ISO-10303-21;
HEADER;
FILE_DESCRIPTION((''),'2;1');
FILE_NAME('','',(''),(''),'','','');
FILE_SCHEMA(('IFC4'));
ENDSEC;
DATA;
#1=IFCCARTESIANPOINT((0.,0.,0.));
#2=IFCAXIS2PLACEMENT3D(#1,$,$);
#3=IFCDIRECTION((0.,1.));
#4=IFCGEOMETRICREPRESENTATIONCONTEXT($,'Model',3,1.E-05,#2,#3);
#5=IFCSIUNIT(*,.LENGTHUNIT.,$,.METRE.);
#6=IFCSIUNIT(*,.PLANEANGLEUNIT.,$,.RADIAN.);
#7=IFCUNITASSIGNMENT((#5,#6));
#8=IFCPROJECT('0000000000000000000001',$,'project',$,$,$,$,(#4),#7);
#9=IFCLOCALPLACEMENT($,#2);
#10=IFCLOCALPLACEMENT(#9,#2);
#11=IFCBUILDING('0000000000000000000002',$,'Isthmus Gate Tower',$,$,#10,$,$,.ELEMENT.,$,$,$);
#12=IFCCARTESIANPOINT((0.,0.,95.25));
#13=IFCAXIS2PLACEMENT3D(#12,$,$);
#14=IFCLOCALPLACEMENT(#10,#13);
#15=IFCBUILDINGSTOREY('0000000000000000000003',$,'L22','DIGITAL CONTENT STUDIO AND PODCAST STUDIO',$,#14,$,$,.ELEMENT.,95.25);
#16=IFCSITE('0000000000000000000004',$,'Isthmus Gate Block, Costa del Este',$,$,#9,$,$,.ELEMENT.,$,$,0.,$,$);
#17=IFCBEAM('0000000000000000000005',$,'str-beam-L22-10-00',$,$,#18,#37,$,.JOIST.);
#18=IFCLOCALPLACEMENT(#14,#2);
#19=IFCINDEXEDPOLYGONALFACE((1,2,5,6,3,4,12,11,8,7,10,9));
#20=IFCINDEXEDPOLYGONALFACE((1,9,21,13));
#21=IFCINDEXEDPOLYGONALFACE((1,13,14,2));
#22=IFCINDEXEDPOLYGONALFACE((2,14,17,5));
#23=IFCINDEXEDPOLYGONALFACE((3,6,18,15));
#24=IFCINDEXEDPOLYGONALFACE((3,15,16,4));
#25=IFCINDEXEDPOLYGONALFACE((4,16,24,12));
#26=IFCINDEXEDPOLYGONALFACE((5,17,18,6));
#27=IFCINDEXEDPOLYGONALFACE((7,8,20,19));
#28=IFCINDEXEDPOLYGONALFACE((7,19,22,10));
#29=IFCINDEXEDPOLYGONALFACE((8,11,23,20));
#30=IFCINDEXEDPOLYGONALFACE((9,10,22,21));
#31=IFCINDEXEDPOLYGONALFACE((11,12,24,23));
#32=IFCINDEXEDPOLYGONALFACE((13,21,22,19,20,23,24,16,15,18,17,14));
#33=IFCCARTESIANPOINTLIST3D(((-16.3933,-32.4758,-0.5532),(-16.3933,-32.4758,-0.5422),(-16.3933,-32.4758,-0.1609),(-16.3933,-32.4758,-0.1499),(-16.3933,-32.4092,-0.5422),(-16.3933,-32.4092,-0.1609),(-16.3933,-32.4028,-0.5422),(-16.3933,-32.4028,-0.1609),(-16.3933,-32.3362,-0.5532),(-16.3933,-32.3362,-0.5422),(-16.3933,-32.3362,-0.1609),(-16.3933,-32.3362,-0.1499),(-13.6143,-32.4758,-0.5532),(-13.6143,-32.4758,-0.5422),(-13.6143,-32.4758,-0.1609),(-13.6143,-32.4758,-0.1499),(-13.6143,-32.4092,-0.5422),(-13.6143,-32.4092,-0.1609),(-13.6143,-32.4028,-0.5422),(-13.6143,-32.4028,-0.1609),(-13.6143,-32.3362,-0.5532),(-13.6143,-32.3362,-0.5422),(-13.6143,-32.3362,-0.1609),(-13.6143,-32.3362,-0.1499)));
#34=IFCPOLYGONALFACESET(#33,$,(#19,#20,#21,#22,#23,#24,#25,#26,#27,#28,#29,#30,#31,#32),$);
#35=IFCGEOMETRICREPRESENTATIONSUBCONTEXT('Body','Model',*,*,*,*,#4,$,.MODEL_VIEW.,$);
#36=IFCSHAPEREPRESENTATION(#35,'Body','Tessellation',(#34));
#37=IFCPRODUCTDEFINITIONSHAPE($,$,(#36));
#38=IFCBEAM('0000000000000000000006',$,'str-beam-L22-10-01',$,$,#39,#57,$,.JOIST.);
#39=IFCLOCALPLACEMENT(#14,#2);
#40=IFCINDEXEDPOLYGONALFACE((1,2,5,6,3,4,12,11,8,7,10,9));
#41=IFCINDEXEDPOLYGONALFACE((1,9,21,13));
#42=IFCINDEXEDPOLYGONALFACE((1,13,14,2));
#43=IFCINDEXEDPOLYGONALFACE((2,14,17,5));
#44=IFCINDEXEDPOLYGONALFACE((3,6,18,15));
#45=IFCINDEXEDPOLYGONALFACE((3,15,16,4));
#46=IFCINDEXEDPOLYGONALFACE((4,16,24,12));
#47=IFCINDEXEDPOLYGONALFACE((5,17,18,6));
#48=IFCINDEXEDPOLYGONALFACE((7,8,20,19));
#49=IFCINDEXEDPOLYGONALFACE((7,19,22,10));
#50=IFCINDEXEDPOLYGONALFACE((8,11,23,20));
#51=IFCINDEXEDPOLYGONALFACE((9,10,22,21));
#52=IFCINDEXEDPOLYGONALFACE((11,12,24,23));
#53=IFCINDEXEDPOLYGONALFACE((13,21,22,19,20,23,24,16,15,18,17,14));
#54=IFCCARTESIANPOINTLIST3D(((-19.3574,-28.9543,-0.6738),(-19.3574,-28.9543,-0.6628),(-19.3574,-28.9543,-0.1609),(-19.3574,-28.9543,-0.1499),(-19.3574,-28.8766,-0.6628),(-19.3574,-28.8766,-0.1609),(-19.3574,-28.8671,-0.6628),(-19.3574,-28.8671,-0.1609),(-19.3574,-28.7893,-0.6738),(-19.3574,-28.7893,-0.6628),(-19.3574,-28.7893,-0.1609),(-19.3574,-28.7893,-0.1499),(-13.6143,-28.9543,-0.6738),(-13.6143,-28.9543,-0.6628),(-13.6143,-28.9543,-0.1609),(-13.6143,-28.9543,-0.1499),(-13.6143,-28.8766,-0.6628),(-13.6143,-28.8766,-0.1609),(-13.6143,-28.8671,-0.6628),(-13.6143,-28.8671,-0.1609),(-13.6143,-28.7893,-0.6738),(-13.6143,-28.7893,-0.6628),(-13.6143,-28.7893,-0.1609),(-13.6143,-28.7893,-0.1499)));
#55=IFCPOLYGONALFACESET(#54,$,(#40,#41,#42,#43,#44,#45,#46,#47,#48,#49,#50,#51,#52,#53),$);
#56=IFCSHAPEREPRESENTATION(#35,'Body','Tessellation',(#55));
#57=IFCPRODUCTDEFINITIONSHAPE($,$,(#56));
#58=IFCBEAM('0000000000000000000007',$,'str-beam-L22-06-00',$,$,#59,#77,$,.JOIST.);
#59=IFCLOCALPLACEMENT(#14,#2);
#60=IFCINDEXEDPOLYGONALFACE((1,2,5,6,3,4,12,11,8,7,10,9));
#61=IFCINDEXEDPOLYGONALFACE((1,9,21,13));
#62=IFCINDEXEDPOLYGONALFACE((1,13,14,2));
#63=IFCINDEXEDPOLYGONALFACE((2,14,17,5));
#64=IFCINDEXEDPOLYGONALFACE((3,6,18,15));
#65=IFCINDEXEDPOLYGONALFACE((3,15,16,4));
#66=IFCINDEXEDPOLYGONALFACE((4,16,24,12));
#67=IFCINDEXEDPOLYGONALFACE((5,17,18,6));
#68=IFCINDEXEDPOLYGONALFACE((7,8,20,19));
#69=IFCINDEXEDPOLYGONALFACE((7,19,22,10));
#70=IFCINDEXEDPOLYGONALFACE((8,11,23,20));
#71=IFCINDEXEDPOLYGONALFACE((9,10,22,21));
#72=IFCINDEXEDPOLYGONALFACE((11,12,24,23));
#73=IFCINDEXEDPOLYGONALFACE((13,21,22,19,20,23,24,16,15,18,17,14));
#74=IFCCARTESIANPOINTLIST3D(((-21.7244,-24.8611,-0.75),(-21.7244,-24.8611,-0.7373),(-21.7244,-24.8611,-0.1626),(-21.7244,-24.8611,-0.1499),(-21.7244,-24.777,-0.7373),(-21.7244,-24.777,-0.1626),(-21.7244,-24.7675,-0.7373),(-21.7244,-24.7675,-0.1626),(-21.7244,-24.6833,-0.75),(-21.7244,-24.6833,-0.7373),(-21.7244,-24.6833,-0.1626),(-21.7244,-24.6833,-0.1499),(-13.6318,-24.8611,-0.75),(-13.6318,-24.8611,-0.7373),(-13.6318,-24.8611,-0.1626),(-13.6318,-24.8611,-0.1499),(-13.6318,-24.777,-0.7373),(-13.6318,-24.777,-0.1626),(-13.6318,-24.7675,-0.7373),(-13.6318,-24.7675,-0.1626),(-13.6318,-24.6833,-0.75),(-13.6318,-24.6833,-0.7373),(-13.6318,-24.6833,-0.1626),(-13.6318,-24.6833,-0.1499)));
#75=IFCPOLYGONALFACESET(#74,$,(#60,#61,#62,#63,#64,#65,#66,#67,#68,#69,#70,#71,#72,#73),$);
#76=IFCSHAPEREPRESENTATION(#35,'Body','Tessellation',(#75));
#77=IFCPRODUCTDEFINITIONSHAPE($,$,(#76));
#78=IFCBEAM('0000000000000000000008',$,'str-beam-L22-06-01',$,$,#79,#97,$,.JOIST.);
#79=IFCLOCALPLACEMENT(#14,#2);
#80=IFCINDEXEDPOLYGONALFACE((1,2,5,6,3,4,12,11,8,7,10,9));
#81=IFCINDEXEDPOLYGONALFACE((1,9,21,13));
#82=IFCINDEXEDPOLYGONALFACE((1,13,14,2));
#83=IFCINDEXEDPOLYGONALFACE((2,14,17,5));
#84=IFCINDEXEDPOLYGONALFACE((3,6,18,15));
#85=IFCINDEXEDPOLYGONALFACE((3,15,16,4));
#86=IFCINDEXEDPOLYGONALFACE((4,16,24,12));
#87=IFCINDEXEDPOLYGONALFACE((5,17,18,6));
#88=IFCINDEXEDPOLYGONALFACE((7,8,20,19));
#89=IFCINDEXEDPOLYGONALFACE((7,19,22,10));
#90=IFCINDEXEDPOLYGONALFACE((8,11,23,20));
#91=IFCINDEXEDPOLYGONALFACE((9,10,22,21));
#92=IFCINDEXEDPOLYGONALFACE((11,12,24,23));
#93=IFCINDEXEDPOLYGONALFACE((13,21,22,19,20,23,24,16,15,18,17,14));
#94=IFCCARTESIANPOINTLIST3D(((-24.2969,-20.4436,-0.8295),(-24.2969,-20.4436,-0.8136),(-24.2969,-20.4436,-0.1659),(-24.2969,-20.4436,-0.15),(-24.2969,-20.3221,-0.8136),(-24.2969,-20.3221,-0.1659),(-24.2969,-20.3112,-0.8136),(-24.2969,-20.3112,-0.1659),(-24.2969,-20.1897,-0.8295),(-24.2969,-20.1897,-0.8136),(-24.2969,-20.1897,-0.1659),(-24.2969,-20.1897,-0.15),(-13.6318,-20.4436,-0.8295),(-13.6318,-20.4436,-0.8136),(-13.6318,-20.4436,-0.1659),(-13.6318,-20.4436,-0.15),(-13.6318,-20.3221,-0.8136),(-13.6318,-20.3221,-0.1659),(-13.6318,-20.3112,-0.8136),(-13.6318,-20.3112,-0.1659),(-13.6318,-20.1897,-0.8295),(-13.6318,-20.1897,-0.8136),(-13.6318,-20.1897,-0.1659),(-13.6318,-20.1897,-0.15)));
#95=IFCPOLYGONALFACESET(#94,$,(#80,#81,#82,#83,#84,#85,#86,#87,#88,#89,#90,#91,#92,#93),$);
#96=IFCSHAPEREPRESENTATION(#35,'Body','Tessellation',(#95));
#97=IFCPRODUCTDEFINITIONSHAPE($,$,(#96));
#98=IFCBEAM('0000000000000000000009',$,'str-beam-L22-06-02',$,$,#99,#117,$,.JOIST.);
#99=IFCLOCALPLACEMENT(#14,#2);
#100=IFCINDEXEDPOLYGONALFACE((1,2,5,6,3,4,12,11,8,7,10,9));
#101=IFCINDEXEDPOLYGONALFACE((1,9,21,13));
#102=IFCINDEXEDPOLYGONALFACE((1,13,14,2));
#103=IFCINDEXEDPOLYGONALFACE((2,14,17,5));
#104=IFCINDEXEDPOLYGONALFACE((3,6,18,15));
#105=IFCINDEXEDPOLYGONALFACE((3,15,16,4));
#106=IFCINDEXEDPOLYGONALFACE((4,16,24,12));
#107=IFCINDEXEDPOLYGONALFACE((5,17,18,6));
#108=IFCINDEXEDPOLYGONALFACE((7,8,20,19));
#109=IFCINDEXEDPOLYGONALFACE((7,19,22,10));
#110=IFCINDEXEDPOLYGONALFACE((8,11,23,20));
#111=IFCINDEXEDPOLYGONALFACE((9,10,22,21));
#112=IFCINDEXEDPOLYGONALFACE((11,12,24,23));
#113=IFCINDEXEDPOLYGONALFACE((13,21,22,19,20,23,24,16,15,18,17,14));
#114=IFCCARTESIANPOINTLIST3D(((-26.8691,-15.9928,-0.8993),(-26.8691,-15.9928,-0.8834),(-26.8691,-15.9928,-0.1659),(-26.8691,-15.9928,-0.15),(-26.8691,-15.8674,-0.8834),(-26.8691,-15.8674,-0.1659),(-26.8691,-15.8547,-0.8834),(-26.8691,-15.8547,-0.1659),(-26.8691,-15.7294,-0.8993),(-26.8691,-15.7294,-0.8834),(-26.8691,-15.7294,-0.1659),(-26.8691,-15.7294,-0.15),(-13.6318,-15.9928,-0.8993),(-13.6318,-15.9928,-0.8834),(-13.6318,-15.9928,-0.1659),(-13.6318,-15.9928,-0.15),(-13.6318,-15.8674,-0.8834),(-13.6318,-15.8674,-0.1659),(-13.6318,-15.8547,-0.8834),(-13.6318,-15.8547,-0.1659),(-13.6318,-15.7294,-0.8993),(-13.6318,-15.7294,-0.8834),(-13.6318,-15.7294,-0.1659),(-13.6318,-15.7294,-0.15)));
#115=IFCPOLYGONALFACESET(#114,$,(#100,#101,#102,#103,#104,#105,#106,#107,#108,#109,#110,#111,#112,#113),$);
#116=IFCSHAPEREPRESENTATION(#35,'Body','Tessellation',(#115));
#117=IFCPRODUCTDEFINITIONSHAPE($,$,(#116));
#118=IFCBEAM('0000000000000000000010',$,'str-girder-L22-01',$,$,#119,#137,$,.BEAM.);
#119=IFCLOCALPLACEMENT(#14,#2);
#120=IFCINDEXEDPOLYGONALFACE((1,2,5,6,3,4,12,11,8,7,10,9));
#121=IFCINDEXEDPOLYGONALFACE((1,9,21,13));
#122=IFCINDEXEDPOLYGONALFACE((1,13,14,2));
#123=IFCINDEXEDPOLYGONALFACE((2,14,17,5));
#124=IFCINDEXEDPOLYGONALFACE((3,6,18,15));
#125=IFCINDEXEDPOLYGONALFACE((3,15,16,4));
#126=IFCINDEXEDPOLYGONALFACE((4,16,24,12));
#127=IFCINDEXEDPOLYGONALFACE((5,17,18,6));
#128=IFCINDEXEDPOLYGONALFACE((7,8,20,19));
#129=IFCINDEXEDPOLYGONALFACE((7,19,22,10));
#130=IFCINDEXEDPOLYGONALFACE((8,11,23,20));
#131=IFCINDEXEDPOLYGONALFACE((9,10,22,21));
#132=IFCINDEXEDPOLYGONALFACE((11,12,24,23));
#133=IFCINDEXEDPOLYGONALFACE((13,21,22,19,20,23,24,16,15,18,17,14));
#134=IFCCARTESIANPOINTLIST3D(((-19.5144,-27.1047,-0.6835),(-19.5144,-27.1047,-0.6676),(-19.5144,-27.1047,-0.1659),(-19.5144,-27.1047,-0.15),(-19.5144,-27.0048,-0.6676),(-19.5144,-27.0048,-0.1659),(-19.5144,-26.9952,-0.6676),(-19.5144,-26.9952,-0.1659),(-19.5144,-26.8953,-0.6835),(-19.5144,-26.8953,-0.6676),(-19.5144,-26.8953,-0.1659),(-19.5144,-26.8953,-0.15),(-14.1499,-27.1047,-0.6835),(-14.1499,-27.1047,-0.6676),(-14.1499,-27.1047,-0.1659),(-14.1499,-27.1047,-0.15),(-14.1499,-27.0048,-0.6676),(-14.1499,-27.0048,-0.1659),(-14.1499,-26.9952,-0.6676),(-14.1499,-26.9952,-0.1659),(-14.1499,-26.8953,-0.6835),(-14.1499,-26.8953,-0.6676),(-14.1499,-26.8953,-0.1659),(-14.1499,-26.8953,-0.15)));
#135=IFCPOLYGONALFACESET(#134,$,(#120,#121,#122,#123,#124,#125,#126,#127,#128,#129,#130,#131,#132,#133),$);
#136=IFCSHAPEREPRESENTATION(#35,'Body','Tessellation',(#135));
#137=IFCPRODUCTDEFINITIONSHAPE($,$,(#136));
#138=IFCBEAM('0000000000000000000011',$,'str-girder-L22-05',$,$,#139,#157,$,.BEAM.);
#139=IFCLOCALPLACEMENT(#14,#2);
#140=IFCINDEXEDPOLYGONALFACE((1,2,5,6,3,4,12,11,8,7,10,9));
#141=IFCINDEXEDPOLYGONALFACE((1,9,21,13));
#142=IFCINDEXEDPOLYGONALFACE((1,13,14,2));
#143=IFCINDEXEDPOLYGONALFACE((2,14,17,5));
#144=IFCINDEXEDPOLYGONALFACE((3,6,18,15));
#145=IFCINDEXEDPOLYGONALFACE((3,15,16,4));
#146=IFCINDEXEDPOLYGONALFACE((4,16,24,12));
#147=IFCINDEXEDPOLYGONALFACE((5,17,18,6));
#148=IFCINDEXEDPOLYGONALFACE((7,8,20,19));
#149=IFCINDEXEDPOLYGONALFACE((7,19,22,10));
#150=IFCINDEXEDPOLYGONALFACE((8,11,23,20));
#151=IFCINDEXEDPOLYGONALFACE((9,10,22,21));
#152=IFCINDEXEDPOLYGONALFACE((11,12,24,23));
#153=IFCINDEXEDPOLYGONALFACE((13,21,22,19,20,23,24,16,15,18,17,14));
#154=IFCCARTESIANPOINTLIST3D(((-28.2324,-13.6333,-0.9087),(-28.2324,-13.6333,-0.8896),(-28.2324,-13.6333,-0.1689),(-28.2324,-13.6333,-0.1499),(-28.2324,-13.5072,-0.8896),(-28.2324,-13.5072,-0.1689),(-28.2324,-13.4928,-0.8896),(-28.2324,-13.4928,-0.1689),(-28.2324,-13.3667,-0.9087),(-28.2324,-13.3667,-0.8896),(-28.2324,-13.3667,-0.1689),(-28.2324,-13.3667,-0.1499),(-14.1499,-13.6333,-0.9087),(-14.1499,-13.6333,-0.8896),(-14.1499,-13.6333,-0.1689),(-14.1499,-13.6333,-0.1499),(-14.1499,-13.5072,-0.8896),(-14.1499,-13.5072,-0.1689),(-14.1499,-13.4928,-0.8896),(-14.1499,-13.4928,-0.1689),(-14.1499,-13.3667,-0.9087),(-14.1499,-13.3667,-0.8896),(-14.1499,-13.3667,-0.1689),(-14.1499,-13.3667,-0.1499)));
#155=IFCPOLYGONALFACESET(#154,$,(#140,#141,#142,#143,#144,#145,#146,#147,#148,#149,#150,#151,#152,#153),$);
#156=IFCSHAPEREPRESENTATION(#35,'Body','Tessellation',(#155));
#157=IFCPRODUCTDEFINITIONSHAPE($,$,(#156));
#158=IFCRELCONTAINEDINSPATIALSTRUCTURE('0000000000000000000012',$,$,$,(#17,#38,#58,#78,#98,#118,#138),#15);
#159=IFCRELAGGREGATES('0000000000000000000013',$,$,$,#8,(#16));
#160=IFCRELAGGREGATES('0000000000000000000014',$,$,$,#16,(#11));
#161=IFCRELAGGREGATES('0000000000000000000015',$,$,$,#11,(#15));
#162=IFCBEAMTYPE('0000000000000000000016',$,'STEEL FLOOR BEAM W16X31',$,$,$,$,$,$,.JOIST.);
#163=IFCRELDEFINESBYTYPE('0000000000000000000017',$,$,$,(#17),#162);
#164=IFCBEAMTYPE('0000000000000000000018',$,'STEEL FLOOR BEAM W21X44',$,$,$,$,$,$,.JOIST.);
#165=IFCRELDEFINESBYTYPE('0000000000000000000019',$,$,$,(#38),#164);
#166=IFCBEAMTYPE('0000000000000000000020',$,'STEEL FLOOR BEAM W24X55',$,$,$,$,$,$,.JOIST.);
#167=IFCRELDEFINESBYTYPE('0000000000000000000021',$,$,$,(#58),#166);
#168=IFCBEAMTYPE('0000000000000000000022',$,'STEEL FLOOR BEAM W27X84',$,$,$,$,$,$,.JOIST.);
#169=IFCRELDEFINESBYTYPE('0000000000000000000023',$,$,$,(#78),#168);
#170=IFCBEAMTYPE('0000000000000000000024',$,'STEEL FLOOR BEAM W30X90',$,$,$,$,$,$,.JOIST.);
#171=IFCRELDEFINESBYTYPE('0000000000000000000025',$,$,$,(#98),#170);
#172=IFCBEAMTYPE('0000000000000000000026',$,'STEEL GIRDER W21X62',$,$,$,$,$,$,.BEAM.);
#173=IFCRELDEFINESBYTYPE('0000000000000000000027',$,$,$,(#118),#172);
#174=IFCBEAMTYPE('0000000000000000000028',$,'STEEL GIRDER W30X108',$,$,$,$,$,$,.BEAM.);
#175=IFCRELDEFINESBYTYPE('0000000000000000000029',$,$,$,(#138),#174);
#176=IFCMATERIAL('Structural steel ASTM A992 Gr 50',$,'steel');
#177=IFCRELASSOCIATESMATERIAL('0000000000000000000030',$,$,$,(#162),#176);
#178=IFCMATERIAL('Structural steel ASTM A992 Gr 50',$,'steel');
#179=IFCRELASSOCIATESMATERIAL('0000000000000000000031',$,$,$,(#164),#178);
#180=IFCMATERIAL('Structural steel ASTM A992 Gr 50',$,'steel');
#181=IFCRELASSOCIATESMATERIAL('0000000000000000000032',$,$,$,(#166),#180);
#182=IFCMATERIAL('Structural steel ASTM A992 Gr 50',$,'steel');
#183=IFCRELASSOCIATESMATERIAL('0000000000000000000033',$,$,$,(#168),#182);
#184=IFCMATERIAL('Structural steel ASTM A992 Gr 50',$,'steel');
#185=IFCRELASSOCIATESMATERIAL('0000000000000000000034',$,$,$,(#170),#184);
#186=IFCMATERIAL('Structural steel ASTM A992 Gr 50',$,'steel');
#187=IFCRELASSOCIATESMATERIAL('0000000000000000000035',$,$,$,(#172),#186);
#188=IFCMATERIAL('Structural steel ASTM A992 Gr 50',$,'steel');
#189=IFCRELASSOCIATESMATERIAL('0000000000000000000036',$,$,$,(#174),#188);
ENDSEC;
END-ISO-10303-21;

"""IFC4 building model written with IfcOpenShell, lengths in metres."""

from ifc_helpers import new_model, si_unit, direction, frame, origin, origin_2d, place, context, subcontext, project, spatial, i_section, extrude, material, material_profile, profile_set, type_object, element, save


model = new_model("IFC4")

# Units and contexts
model_context = context("Model", 3, precision=1e-05, world=origin(), true_north=direction((0.0, 1.0)))
body_context = subcontext(model_context, "Body", "Model", "MODEL_VIEW")
ifc_project = project(units=[si_unit("LENGTHUNIT", "METRE"), si_unit("PLANEANGLEUNIT", "RADIAN")], contexts=[model_context])

# Site, building, storey
site_placement = place(None, origin())
site = spatial("IfcSite", under=ifc_project, at=site_placement, Name="Isthmus Gate Block, Costa del Este", CompositionType="ELEMENT", RefElevation=0.0)
building_placement = place(site_placement, origin())
building = spatial("IfcBuilding", under=site, at=building_placement, Name="Isthmus Gate Tower", CompositionType="ELEMENT")
storey_placement = place(building_placement, frame((0.0, 0.0, 95.25)))
storey = spatial("IfcBuildingStorey", under=building, at=storey_placement, Name="L22", Description="DIGITAL CONTENT STUDIO AND PODCAST STUDIO", CompositionType="ELEMENT", Elevation=95.25)

# Beams
ifc_material_1 = material(Name="Structural steel ASTM A992 Gr 50", Category="steel")
ifc_material_profile_1 = material_profile(ifc_material_1, i_section(OverallWidth=0.1396, OverallDepth=0.4033, WebThickness=0.0063, FlangeThickness=0.011, at=origin_2d()), Name="W16X31")
ifc_profile_set_1 = profile_set([ifc_material_profile_1], Name="Structural steel ASTM A992 Gr 50")
beam_type_1 = type_object("IfcBeamType", Name="STEEL FLOOR BEAM W16X31", PredefinedType="JOIST", material=ifc_profile_set_1)
beam_1_placement = place(storey_placement, frame((-16.3933, -32.406, -0.3516), z_axis=(1.0, 0.0, 0.0), x_axis=(0.0, 1.0, 0.0)))
element("IfcBeam", 1, at=beam_1_placement, inside=storey, type_object=beam_type_1, Name="str-beam-L22-10-00", PredefinedType="JOIST", context=body_context, shape_type="SweptSolid", body=[
    extrude(i_section(OverallWidth=0.1396, OverallDepth=0.4033, WebThickness=0.0063, FlangeThickness=0.011, at=origin_2d()), origin(), (0.0, 0.0, 1.0), 2.7791),
])
ifc_material_2 = material(Name="Structural steel ASTM A992 Gr 50", Category="steel")
ifc_material_profile_2 = material_profile(ifc_material_2, i_section(OverallWidth=0.165, OverallDepth=0.5239, WebThickness=0.0095, FlangeThickness=0.011, at=origin_2d()), Name="W21X44")
ifc_profile_set_2 = profile_set([ifc_material_profile_2], Name="Structural steel ASTM A992 Gr 50")
beam_type_2 = type_object("IfcBeamType", Name="STEEL FLOOR BEAM W21X44", PredefinedType="JOIST", material=ifc_profile_set_2)
beam_2_placement = place(storey_placement, frame((-19.3574, -28.8718, -0.4119), z_axis=(1.0, 0.0, 0.0), x_axis=(0.0, 1.0, 0.0)))
element("IfcBeam", 2, at=beam_2_placement, inside=storey, type_object=beam_type_2, Name="str-beam-L22-10-01", PredefinedType="JOIST", context=body_context, shape_type="SweptSolid", body=[
    extrude(i_section(OverallWidth=0.165, OverallDepth=0.5239, WebThickness=0.0095, FlangeThickness=0.011, at=origin_2d()), origin(), (0.0, 0.0, 1.0), 5.7432),
])
ifc_material_3 = material(Name="Structural steel ASTM A992 Gr 50", Category="steel")
ifc_material_profile_3 = material_profile(ifc_material_3, i_section(OverallWidth=0.1777, OverallDepth=0.6001, WebThickness=0.0095, FlangeThickness=0.0127, at=origin_2d()), Name="W24X55")
ifc_profile_set_3 = profile_set([ifc_material_profile_3], Name="Structural steel ASTM A992 Gr 50")
beam_type_3 = type_object("IfcBeamType", Name="STEEL FLOOR BEAM W24X55", PredefinedType="JOIST", material=ifc_profile_set_3)
beam_3_placement = place(storey_placement, frame((-21.7244, -24.7722, -0.45), z_axis=(1.0, 0.0, 0.0), x_axis=(0.0, 1.0, 0.0)))
element("IfcBeam", 3, at=beam_3_placement, inside=storey, type_object=beam_type_3, Name="str-beam-L22-06-00", PredefinedType="JOIST", context=body_context, shape_type="SweptSolid", body=[
    extrude(i_section(OverallWidth=0.1777, OverallDepth=0.6001, WebThickness=0.0095, FlangeThickness=0.0127, at=origin_2d()), origin(), (0.0, 0.0, 1.0), 8.0925),
])
ifc_material_4 = material(Name="Structural steel ASTM A992 Gr 50", Category="steel")
ifc_material_profile_4 = material_profile(ifc_material_4, i_section(OverallWidth=0.2539, OverallDepth=0.6794, WebThickness=0.011, FlangeThickness=0.0159, at=origin_2d()), Name="W27X84")
ifc_profile_set_4 = profile_set([ifc_material_profile_4], Name="Structural steel ASTM A992 Gr 50")
beam_type_4 = type_object("IfcBeamType", Name="STEEL FLOOR BEAM W27X84", PredefinedType="JOIST", material=ifc_profile_set_4)
beam_4_placement = place(storey_placement, frame((-24.2969, -20.3167, -0.4897), z_axis=(1.0, 0.0, 0.0), x_axis=(0.0, 1.0, 0.0)))
element("IfcBeam", 4, at=beam_4_placement, inside=storey, type_object=beam_type_4, Name="str-beam-L22-06-01", PredefinedType="JOIST", context=body_context, shape_type="SweptSolid", body=[
    extrude(i_section(OverallWidth=0.2539, OverallDepth=0.6794, WebThickness=0.011, FlangeThickness=0.0159, at=origin_2d()), origin(), (0.0, 0.0, 1.0), 10.665),
])
ifc_material_5 = material(Name="Structural steel ASTM A992 Gr 50", Category="steel")
ifc_material_profile_5 = material_profile(ifc_material_5, i_section(OverallWidth=0.2634, OverallDepth=0.7493, WebThickness=0.0127, FlangeThickness=0.0159, at=origin_2d()), Name="W30X90")
ifc_profile_set_5 = profile_set([ifc_material_profile_5], Name="Structural steel ASTM A992 Gr 50")
beam_type_5 = type_object("IfcBeamType", Name="STEEL FLOOR BEAM W30X90", PredefinedType="JOIST", material=ifc_profile_set_5)
beam_5_placement = place(storey_placement, frame((-26.8691, -15.8611, -0.5247), z_axis=(1.0, 0.0, 0.0), x_axis=(0.0, 1.0, 0.0)))
element("IfcBeam", 5, at=beam_5_placement, inside=storey, type_object=beam_type_5, Name="str-beam-L22-06-02", PredefinedType="JOIST", context=body_context, shape_type="SweptSolid", body=[
    extrude(i_section(OverallWidth=0.2634, OverallDepth=0.7493, WebThickness=0.0127, FlangeThickness=0.0159, at=origin_2d()), origin(), (0.0, 0.0, 1.0), 13.2373),
])
ifc_material_6 = material(Name="Structural steel ASTM A992 Gr 50", Category="steel")
ifc_material_profile_6 = material_profile(ifc_material_6, i_section(OverallWidth=0.2095, OverallDepth=0.5334, WebThickness=0.0095, FlangeThickness=0.0159, at=origin_2d()), Name="W21X62")
ifc_profile_set_6 = profile_set([ifc_material_profile_6], Name="Structural steel ASTM A992 Gr 50")
beam_type_6 = type_object("IfcBeamType", Name="STEEL GIRDER W21X62", PredefinedType="BEAM", material=ifc_profile_set_6)
beam_6_placement = place(storey_placement, frame((-19.5144, -27.0, -0.4167), z_axis=(1.0, 0.0, 0.0), x_axis=(0.0, 1.0, 0.0)))
element("IfcBeam", 6, at=beam_6_placement, inside=storey, type_object=beam_type_6, Name="str-girder-L22-01", PredefinedType="BEAM", context=body_context, shape_type="SweptSolid", body=[
    extrude(i_section(OverallWidth=0.2095, OverallDepth=0.5334, WebThickness=0.0095, FlangeThickness=0.0159, at=origin_2d()), origin(), (0.0, 0.0, 1.0), 5.3645),
])
ifc_material_7 = material(Name="Structural steel ASTM A992 Gr 50", Category="steel")
ifc_material_profile_7 = material_profile(ifc_material_7, i_section(OverallWidth=0.2666, OverallDepth=0.7588, WebThickness=0.0144, FlangeThickness=0.019, at=origin_2d()), Name="W30X108")
ifc_profile_set_7 = profile_set([ifc_material_profile_7], Name="Structural steel ASTM A992 Gr 50")
beam_type_7 = type_object("IfcBeamType", Name="STEEL GIRDER W30X108", PredefinedType="BEAM", material=ifc_profile_set_7)
beam_7_placement = place(storey_placement, frame((-28.2324, -13.5, -0.5293), z_axis=(1.0, 0.0, 0.0), x_axis=(0.0, 1.0, 0.0)))
element("IfcBeam", 7, at=beam_7_placement, inside=storey, type_object=beam_type_7, Name="str-girder-L22-05", PredefinedType="BEAM", context=body_context, shape_type="SweptSolid", body=[
    extrude(i_section(OverallWidth=0.2666, OverallDepth=0.7588, WebThickness=0.0144, FlangeThickness=0.019, at=origin_2d()), origin(), (0.0, 0.0, 1.0), 14.0825),
])

save(model, "model.ifc")
